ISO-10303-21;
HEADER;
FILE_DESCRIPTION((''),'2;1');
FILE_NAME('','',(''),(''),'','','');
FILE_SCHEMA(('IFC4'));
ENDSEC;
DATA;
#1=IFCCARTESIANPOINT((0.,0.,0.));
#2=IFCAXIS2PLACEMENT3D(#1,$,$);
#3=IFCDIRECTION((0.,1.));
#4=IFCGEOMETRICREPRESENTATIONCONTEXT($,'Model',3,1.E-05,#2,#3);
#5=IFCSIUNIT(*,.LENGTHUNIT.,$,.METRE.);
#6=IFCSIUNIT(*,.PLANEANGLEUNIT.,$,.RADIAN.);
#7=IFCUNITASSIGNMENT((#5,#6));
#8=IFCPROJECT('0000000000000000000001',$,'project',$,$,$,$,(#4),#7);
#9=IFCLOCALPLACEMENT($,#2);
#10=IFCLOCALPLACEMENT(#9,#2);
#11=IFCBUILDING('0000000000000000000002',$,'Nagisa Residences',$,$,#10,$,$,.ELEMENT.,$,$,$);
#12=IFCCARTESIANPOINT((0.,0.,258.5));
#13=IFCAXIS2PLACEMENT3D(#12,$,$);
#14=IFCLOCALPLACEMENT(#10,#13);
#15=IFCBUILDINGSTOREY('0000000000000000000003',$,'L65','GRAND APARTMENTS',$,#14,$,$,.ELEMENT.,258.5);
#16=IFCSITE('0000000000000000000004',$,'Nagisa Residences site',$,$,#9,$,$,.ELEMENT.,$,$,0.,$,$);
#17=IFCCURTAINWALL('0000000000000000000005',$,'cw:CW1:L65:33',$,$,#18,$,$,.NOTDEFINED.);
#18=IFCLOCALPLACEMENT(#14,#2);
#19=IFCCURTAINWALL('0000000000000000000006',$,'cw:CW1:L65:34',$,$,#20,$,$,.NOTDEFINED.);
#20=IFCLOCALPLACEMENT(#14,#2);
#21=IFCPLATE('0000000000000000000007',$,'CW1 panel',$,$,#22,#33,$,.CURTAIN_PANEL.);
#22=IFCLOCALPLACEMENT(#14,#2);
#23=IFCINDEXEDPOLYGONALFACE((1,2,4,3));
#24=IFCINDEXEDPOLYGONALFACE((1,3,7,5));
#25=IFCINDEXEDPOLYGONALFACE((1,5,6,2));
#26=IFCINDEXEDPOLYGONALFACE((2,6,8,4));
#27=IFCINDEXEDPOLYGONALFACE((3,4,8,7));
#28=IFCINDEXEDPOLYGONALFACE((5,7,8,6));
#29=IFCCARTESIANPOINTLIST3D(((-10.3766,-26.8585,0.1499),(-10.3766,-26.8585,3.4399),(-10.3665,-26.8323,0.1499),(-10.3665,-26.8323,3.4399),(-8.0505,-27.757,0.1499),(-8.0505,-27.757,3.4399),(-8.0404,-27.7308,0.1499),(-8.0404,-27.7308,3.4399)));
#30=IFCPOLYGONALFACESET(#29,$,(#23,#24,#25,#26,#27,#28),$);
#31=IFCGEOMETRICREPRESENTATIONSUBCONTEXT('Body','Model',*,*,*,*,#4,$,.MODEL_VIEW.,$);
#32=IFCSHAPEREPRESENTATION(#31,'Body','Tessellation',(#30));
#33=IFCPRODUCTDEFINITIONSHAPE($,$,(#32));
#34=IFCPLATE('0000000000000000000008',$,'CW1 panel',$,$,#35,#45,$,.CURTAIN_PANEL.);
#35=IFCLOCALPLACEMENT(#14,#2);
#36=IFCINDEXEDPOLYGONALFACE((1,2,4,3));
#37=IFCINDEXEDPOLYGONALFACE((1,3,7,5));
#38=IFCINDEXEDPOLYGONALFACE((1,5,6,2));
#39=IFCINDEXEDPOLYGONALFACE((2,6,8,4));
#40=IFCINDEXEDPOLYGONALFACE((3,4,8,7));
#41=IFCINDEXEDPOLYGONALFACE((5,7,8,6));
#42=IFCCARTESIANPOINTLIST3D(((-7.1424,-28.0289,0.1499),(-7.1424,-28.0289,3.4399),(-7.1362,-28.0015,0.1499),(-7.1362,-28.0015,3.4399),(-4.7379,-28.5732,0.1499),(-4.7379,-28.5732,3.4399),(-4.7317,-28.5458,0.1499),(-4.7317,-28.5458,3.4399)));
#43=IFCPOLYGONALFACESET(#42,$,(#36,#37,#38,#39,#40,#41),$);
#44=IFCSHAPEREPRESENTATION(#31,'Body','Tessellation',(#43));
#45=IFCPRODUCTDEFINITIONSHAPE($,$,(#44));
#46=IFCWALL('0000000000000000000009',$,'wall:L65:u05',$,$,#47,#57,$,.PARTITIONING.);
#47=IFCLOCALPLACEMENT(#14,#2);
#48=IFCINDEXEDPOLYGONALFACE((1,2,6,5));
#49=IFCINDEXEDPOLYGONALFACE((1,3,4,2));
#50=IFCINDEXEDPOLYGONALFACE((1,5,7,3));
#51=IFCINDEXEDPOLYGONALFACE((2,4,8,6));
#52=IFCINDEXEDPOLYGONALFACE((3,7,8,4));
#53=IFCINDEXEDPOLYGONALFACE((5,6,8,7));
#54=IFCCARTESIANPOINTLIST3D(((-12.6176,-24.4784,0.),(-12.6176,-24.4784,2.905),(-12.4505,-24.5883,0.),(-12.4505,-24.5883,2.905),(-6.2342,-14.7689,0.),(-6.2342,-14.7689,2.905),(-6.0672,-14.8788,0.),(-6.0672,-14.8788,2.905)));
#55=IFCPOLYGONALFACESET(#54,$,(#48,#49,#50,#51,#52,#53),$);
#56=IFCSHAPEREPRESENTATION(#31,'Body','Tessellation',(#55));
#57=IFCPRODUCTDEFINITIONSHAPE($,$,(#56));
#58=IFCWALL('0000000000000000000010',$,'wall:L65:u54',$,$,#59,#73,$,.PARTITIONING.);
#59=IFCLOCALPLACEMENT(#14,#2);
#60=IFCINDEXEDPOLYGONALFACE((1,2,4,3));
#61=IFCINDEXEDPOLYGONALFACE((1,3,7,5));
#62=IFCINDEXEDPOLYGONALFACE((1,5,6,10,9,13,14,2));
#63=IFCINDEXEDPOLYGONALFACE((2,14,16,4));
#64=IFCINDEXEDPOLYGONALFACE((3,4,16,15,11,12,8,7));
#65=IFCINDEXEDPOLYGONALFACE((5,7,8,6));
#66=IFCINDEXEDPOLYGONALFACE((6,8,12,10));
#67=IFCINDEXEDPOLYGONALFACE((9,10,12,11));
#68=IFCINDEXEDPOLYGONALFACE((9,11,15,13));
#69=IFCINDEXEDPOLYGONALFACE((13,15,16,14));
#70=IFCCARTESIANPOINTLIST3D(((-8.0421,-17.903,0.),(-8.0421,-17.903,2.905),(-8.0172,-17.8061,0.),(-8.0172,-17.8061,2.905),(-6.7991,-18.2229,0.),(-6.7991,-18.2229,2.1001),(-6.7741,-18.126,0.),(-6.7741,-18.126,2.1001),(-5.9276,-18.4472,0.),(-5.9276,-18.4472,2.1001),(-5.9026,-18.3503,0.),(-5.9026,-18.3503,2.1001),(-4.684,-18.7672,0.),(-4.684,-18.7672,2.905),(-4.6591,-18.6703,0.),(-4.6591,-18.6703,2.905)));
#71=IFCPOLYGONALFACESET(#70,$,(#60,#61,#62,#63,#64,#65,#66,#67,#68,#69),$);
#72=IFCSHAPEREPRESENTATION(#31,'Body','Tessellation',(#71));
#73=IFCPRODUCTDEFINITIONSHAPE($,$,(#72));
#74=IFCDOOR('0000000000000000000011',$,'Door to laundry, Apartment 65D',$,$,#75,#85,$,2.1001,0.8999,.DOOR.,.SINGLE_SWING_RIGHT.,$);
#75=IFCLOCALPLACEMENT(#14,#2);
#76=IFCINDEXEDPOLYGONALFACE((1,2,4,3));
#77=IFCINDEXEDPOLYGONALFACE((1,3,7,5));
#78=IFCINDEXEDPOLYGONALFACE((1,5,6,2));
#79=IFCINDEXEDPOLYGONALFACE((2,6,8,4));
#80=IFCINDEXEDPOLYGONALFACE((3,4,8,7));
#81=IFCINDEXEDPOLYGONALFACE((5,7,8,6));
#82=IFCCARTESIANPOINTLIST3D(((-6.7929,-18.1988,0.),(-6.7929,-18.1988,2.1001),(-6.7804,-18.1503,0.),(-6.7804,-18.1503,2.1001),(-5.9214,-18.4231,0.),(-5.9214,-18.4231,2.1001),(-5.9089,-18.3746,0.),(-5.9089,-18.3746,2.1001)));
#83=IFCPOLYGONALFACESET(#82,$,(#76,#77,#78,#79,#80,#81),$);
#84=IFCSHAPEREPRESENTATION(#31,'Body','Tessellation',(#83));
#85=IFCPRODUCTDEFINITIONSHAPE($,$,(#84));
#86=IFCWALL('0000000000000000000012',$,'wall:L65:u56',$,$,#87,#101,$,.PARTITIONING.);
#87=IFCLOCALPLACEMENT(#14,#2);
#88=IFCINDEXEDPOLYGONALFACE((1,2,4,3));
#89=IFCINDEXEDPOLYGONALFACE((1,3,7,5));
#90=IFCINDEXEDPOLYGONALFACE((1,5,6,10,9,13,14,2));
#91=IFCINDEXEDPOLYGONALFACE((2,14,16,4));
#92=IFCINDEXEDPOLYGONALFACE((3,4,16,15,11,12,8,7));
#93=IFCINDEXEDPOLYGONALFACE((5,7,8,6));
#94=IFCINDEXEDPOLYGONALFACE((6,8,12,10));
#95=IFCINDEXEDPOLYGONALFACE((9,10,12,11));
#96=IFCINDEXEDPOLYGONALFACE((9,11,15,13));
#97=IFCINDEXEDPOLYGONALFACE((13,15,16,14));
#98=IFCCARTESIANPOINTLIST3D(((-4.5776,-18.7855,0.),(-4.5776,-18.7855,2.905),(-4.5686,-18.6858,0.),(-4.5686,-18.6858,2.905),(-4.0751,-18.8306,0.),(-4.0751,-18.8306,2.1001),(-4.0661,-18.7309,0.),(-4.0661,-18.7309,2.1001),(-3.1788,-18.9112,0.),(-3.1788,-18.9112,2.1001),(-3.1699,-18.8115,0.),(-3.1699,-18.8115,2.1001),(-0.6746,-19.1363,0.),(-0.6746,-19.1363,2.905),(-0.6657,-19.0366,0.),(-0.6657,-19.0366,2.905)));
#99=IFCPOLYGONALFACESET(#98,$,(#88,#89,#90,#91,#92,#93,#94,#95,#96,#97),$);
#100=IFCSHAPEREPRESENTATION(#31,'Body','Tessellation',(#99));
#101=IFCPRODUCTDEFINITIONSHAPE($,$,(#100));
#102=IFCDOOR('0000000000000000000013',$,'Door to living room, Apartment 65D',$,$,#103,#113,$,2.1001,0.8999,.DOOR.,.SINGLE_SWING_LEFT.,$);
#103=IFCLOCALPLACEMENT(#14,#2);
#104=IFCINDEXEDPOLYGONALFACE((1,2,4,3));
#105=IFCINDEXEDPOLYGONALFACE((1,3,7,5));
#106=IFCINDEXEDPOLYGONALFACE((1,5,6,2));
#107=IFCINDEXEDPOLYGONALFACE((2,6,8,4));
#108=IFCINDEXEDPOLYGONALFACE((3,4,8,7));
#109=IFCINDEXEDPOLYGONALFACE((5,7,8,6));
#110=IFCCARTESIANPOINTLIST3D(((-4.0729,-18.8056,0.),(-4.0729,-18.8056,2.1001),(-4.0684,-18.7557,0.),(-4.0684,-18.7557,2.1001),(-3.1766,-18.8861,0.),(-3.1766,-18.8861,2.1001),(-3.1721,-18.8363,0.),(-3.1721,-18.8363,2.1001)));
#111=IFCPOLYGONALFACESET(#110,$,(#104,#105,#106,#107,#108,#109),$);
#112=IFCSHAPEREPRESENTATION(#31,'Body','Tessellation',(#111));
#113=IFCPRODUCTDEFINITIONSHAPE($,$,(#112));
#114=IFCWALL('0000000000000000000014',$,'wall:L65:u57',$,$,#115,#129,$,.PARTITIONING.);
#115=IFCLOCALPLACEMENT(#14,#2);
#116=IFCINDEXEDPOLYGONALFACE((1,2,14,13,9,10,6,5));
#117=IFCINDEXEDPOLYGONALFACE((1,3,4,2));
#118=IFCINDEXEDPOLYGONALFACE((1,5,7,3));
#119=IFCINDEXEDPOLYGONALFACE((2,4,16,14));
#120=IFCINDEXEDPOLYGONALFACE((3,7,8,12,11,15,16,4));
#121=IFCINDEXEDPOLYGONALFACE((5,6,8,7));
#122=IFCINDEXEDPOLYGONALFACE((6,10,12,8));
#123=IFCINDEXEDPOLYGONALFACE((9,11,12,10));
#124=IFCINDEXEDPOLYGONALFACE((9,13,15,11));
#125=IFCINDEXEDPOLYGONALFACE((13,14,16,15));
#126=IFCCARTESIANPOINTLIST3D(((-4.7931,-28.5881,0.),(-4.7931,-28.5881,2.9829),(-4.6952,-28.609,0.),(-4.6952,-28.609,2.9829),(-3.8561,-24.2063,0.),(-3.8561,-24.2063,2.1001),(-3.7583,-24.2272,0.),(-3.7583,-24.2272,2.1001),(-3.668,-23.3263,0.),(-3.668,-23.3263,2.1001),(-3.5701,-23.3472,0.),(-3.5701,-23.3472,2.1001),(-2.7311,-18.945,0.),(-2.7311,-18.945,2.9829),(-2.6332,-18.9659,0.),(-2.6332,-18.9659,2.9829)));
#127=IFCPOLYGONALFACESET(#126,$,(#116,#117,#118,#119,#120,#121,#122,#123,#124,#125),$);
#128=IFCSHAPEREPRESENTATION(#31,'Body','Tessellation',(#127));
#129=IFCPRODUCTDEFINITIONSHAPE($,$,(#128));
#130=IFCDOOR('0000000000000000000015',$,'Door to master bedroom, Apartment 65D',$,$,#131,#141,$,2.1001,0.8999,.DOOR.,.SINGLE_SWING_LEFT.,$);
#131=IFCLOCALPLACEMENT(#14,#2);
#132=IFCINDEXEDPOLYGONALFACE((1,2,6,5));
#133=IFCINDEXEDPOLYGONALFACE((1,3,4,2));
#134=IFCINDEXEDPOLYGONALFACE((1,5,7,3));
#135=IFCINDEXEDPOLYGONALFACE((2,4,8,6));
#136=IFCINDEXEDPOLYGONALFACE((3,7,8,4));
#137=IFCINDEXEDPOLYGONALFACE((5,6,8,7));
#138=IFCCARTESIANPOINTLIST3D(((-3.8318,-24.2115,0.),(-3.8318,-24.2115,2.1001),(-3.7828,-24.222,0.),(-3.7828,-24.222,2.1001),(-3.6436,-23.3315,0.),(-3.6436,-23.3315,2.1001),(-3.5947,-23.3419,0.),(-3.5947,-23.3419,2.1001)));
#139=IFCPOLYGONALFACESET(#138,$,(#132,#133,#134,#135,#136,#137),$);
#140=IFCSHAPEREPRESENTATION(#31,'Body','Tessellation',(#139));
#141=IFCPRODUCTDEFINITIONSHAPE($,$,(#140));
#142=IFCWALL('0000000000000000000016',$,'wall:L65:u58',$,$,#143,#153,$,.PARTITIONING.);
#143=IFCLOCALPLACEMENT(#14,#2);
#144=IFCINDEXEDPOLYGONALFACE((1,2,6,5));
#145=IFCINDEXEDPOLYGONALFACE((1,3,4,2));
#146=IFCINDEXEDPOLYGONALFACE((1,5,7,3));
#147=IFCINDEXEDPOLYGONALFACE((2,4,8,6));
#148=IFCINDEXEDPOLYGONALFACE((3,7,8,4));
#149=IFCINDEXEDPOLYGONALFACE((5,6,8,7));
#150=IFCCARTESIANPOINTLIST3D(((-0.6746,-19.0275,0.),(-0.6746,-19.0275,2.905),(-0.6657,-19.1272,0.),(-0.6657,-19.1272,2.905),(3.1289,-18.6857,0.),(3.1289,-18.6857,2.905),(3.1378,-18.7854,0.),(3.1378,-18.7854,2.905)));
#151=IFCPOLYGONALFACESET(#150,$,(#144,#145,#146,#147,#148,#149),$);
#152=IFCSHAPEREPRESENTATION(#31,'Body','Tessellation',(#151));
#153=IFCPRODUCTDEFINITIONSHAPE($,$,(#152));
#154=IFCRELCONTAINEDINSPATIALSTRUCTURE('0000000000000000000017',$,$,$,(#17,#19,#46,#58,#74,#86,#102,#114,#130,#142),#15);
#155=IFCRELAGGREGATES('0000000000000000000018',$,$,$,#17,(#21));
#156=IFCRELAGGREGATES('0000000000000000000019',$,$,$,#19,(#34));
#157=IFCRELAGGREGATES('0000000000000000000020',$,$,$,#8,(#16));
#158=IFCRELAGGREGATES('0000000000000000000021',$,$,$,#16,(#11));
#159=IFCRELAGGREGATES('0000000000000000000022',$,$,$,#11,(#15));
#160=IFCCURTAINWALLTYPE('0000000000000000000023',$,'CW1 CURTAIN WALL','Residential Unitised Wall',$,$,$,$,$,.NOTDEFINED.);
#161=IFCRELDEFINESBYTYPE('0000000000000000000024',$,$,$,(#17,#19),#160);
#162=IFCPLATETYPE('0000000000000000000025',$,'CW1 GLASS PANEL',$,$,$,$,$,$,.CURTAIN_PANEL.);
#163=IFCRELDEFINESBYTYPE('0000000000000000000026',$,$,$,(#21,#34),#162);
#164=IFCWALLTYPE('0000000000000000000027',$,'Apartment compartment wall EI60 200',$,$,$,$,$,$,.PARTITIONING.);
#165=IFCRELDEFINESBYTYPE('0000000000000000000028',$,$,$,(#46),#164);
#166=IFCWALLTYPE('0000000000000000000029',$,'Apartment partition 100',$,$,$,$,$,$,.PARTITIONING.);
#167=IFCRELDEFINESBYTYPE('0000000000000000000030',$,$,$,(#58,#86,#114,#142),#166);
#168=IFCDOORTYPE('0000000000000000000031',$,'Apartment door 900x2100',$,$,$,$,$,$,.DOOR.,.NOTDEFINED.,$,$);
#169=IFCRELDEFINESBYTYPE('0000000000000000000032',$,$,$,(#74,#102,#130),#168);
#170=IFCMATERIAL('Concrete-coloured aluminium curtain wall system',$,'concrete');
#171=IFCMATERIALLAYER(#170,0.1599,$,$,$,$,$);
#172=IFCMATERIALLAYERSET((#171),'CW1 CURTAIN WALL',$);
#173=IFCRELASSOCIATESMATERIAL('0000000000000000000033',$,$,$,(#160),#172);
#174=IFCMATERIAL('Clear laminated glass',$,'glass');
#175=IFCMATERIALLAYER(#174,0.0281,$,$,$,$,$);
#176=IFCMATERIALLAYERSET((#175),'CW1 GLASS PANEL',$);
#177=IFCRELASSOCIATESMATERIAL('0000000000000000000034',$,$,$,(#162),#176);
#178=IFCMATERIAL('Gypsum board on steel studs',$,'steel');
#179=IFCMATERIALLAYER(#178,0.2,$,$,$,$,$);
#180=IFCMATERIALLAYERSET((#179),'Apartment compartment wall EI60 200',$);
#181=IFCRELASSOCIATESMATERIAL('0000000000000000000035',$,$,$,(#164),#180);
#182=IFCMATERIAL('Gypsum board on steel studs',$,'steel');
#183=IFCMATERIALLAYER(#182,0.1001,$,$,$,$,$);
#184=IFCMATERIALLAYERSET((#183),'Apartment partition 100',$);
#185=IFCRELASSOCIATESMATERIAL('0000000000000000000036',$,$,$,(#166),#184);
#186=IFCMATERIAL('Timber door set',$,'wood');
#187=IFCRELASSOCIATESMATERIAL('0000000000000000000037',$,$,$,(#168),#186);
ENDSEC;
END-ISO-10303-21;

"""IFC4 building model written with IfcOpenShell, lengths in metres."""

from ifc_helpers import new_model, si_unit, direction, frame, frame_2d, origin, origin_2d, place, context, subcontext, project, spatial, rectangle, extrude, material, layer, layer_set, type_object, element, fill, aggregate, save


model = new_model("IFC4")

# Units and contexts
model_context = context("Model", 3, precision=1e-05, world=origin(), true_north=direction((0.0, 1.0)))
body_context = subcontext(model_context, "Body", "Model", "MODEL_VIEW")
ifc_project = project(units=[si_unit("LENGTHUNIT", "METRE"), si_unit("PLANEANGLEUNIT", "RADIAN")], contexts=[model_context])

# Site, building, storey
site_placement = place(None, origin())
site = spatial("IfcSite", under=ifc_project, at=site_placement, Name="Nagisa Residences site", CompositionType="ELEMENT", RefElevation=0.0)
building_placement = place(site_placement, origin())
building = spatial("IfcBuilding", under=site, at=building_placement, Name="Nagisa Residences", CompositionType="ELEMENT")
storey_placement = place(building_placement, frame((0.0, 0.0, 258.5)))
storey = spatial("IfcBuildingStorey", under=building, at=storey_placement, Name="L65", Description="GRAND APARTMENTS", CompositionType="ELEMENT", Elevation=258.5)

# Curtain walls
ifc_material_1 = material(Name="Concrete-coloured aluminium curtain wall system", Category="concrete")
ifc_layer_1 = layer(ifc_material_1, 0.1599)
ifc_layer_set_1 = layer_set([ifc_layer_1], Name="CW1 CURTAIN WALL")
curtain_wall_type = type_object("IfcCurtainWallType", Name="CW1 CURTAIN WALL", Description="Residential Unitised Wall", PredefinedType="NOTDEFINED", material=ifc_layer_set_1)
curtain_wall_1_placement = place(storey_placement, origin())
curtain_wall_1 = element("IfcCurtainWall", 1, at=curtain_wall_1_placement, inside=storey, type_object=curtain_wall_type, Name="cw:CW1:L65:33", PredefinedType="NOTDEFINED")
curtain_wall_2_placement = place(storey_placement, origin())
curtain_wall_2 = element("IfcCurtainWall", 2, at=curtain_wall_2_placement, inside=storey, type_object=curtain_wall_type, Name="cw:CW1:L65:34", PredefinedType="NOTDEFINED")

# Plates
ifc_material_2 = material(Name="Clear laminated glass", Category="glass")
ifc_layer_2 = layer(ifc_material_2, 0.0281)
ifc_layer_set_2 = layer_set([ifc_layer_2], Name="CW1 GLASS PANEL")
plate_type = type_object("IfcPlateType", Name="CW1 GLASS PANEL", PredefinedType="CURTAIN_PANEL", material=ifc_layer_set_2)
plate_1_placement = place(storey_placement, frame((-9.2085, -27.2947, 0.1499), z_axis=(0.0, 0.0, 1.0), x_axis=(0.932826, -0.360328, 0.0)))
plate_1 = element("IfcPlate", 3, at=plate_1_placement, type_object=plate_type, Name="CW1 panel", PredefinedType="CURTAIN_PANEL", context=body_context, shape_type="SweptSolid", body=[
    extrude(rectangle(XDim=2.4937, YDim=0.0281, at=origin_2d()), origin(), (0.0, 0.0, 1.0), 3.29),
])
aggregate(curtain_wall_1, [plate_1])
plate_2_placement = place(storey_placement, frame((-5.937, -28.2874, 0.1499), z_axis=(0.0, 0.0, 1.0), x_axis=(0.975327, -0.220764, 0.0)))
plate_2 = element("IfcPlate", 4, at=plate_2_placement, type_object=plate_type, Name="CW1 panel", PredefinedType="CURTAIN_PANEL", context=body_context, shape_type="SweptSolid", body=[
    extrude(rectangle(XDim=2.4653, YDim=0.0281, at=origin_2d()), origin(), (0.0, 0.0, 1.0), 3.29),
])
aggregate(curtain_wall_2, [plate_2])

# Wall
ifc_material_3 = material(Name="Gypsum board on steel studs", Category="steel")
ifc_layer_3 = layer(ifc_material_3, 0.2)
ifc_layer_set_3 = layer_set([ifc_layer_3], Name="Apartment compartment wall EI60 200")
wall_type_1 = type_object("IfcWallType", Name="Apartment compartment wall EI60 200", PredefinedType="PARTITIONING", material=ifc_layer_set_3)
wall_1_placement = place(storey_placement, frame((-6.1506, -14.8237, 0.0), z_axis=(0.0, 0.0, 1.0), x_axis=(-0.549346, -0.835595, 0.0)))
element("IfcWall", 5, at=wall_1_placement, inside=storey, type_object=wall_type_1, Name="wall:L65:u05", PredefinedType="PARTITIONING", context=body_context, shape_type="SweptSolid", body=[
    extrude(rectangle(XDim=11.6199, YDim=0.2, at=frame_2d((5.8101, 0.0))), origin(), (0.0, 0.0, 1.0), 2.905),
])

# Walls, openings, doors
ifc_material_4 = material(Name="Gypsum board on steel studs", Category="steel")
ifc_layer_4 = layer(ifc_material_4, 0.1001)
ifc_layer_set_4 = layer_set([ifc_layer_4], Name="Apartment partition 100")
wall_type_2 = type_object("IfcWallType", Name="Apartment partition 100", PredefinedType="PARTITIONING", material=ifc_layer_set_4)
wall_2_placement = place(storey_placement, frame((-8.0298, -17.8545, 0.0), z_axis=(0.0, 0.0, 1.0), x_axis=(0.968442, -0.249239, 0.0)))
wall_2 = element("IfcWall", 6, at=wall_2_placement, inside=storey, type_object=wall_type_2, Name="wall:L65:u54", PredefinedType="PARTITIONING", context=body_context, shape_type="SweptSolid", body=[
    extrude(rectangle(XDim=3.4675, YDim=0.1001, at=frame_2d((1.7339, 0.0))), origin(), (0.0, 0.0, 1.0), 2.905),
])
opening_1_placement = place(wall_2_placement, frame((1.2837, 0.0, 0.0)))
opening_1 = element("IfcOpeningElement", 7, at=opening_1_placement, cuts=wall_2, PredefinedType="OPENING", context=body_context, shape_type="SweptSolid", body=[
    extrude(rectangle(XDim=0.8999, YDim=2.1001, at=frame_2d((0.45, 1.05))), frame((0.0, 0.0601, 0.0), z_axis=(0.0, -1.0, 0.0), x_axis=(1.0, 0.0, 0.0)), (0.0, 0.0, 1.0), 0.1201),
])
ifc_material_5 = material(Name="Timber door set", Category="wood")
door_type_1 = type_object("IfcDoorType", Name="Apartment door 900x2100", OperationType="NOTDEFINED", PredefinedType="DOOR", material=ifc_material_5)
door_1_placement = place(opening_1_placement, origin())
door_1 = element("IfcDoor", 8, at=door_1_placement, inside=storey, type_object=door_type_1, Name="Door to laundry, Apartment 65D", OperationType="SINGLE_SWING_RIGHT", OverallHeight=2.1001, OverallWidth=0.8999, PredefinedType="DOOR", context=body_context, shape_type="SweptSolid", body=[
    extrude(rectangle(XDim=0.8999, YDim=2.1001, at=frame_2d((0.45, 1.05))), frame((0.0, 0.0249, 0.0), z_axis=(0.0, -1.0, 0.0), x_axis=(1.0, 0.0, 0.0)), (0.0, 0.0, 1.0), 0.05),
])
fill(opening_1, door_1)
wall_3_placement = place(storey_placement, frame((-4.5732, -18.7356, 0.0), z_axis=(0.0, 0.0, 1.0), x_axis=(0.995985, -0.089525, 0.0)))
wall_3 = element("IfcWall", 9, at=wall_3_placement, inside=storey, type_object=wall_type_2, Name="wall:L65:u56", PredefinedType="PARTITIONING", context=body_context, shape_type="SweptSolid", body=[
    extrude(rectangle(XDim=3.9187, YDim=0.1001, at=frame_2d((1.9595, 0.0))), origin(), (0.0, 0.0, 1.0), 2.905),
])
opening_2_placement = place(wall_3_placement, frame((0.5046, 0.0, 0.0)))
opening_2 = element("IfcOpeningElement", 10, at=opening_2_placement, cuts=wall_3, PredefinedType="OPENING", context=body_context, shape_type="SweptSolid", body=[
    extrude(rectangle(XDim=0.8999, YDim=2.1001, at=frame_2d((0.45, 1.05))), frame((0.0, 0.0601, 0.0), z_axis=(0.0, -1.0, 0.0), x_axis=(1.0, 0.0, 0.0)), (0.0, 0.0, 1.0), 0.1201),
])
door_2_placement = place(opening_2_placement, frame((0.8999, 0.0, 0.0), x_axis=(-1.0, 0.0, 0.0)))
door_2 = element("IfcDoor", 11, at=door_2_placement, inside=storey, type_object=door_type_1, Name="Door to living room, Apartment 65D", OperationType="SINGLE_SWING_LEFT", OverallHeight=2.1001, OverallWidth=0.8999, PredefinedType="DOOR", context=body_context, shape_type="SweptSolid", body=[
    extrude(rectangle(XDim=0.8999, YDim=2.1001, at=frame_2d((0.45, 1.05))), frame((0.0, 0.0249, 0.0), z_axis=(0.0, -1.0, 0.0), x_axis=(1.0, 0.0, 0.0)), (0.0, 0.0, 1.0), 0.05),
])
fill(opening_2, door_2)
wall_4_placement = place(storey_placement, frame((-2.6821, -18.9553, 0.0), z_axis=(0.0, 0.0, 1.0), x_axis=(-0.209106, -0.977893, 0.0)))
wall_4 = element("IfcWall", 12, at=wall_4_placement, inside=storey, type_object=wall_type_2, Name="wall:L65:u57", PredefinedType="PARTITIONING", context=body_context, shape_type="SweptSolid", body=[
    extrude(rectangle(XDim=9.8611, YDim=0.1001, at=frame_2d((4.9307, 0.0))), origin(), (0.0, 0.0, 1.0), 2.9829),
])
opening_3_placement = place(wall_4_placement, frame((4.4805, 0.0, 0.0)))
opening_3 = element("IfcOpeningElement", 13, at=opening_3_placement, cuts=wall_4, PredefinedType="OPENING", context=body_context, shape_type="SweptSolid", body=[
    extrude(rectangle(XDim=0.8999, YDim=2.1001, at=frame_2d((0.45, 1.05))), frame((0.0, 0.0601, 0.0), z_axis=(0.0, -1.0, 0.0), x_axis=(1.0, 0.0, 0.0)), (0.0, 0.0, 1.0), 0.1201),
])
door_3_placement = place(opening_3_placement, origin())
door_3 = element("IfcDoor", 14, at=door_3_placement, inside=storey, type_object=door_type_1, Name="Door to master bedroom, Apartment 65D", OperationType="SINGLE_SWING_LEFT", OverallHeight=2.1001, OverallWidth=0.8999, PredefinedType="DOOR", context=body_context, shape_type="SweptSolid", body=[
    extrude(rectangle(XDim=0.8999, YDim=2.1001, at=frame_2d((0.45, 1.05))), frame((0.0, 0.0249, 0.0), z_axis=(0.0, -1.0, 0.0), x_axis=(1.0, 0.0, 0.0)), (0.0, 0.0, 1.0), 0.05),
])
fill(opening_3, door_3)

# Wall
wall_5_placement = place(storey_placement, frame((-0.6702, -19.0774, 0.0), z_axis=(0.0, 0.0, 1.0), x_axis=(0.995986, 0.089504, 0.0)))
element("IfcWall", 15, at=wall_5_placement, inside=storey, type_object=wall_type_2, Name="wall:L65:u58", PredefinedType="PARTITIONING", context=body_context, shape_type="SweptSolid", body=[
    extrude(rectangle(XDim=3.8188, YDim=0.1001, at=frame_2d((1.9094, 0.0))), origin(), (0.0, 0.0, 1.0), 2.905),
])

save(model, "model.ifc")
